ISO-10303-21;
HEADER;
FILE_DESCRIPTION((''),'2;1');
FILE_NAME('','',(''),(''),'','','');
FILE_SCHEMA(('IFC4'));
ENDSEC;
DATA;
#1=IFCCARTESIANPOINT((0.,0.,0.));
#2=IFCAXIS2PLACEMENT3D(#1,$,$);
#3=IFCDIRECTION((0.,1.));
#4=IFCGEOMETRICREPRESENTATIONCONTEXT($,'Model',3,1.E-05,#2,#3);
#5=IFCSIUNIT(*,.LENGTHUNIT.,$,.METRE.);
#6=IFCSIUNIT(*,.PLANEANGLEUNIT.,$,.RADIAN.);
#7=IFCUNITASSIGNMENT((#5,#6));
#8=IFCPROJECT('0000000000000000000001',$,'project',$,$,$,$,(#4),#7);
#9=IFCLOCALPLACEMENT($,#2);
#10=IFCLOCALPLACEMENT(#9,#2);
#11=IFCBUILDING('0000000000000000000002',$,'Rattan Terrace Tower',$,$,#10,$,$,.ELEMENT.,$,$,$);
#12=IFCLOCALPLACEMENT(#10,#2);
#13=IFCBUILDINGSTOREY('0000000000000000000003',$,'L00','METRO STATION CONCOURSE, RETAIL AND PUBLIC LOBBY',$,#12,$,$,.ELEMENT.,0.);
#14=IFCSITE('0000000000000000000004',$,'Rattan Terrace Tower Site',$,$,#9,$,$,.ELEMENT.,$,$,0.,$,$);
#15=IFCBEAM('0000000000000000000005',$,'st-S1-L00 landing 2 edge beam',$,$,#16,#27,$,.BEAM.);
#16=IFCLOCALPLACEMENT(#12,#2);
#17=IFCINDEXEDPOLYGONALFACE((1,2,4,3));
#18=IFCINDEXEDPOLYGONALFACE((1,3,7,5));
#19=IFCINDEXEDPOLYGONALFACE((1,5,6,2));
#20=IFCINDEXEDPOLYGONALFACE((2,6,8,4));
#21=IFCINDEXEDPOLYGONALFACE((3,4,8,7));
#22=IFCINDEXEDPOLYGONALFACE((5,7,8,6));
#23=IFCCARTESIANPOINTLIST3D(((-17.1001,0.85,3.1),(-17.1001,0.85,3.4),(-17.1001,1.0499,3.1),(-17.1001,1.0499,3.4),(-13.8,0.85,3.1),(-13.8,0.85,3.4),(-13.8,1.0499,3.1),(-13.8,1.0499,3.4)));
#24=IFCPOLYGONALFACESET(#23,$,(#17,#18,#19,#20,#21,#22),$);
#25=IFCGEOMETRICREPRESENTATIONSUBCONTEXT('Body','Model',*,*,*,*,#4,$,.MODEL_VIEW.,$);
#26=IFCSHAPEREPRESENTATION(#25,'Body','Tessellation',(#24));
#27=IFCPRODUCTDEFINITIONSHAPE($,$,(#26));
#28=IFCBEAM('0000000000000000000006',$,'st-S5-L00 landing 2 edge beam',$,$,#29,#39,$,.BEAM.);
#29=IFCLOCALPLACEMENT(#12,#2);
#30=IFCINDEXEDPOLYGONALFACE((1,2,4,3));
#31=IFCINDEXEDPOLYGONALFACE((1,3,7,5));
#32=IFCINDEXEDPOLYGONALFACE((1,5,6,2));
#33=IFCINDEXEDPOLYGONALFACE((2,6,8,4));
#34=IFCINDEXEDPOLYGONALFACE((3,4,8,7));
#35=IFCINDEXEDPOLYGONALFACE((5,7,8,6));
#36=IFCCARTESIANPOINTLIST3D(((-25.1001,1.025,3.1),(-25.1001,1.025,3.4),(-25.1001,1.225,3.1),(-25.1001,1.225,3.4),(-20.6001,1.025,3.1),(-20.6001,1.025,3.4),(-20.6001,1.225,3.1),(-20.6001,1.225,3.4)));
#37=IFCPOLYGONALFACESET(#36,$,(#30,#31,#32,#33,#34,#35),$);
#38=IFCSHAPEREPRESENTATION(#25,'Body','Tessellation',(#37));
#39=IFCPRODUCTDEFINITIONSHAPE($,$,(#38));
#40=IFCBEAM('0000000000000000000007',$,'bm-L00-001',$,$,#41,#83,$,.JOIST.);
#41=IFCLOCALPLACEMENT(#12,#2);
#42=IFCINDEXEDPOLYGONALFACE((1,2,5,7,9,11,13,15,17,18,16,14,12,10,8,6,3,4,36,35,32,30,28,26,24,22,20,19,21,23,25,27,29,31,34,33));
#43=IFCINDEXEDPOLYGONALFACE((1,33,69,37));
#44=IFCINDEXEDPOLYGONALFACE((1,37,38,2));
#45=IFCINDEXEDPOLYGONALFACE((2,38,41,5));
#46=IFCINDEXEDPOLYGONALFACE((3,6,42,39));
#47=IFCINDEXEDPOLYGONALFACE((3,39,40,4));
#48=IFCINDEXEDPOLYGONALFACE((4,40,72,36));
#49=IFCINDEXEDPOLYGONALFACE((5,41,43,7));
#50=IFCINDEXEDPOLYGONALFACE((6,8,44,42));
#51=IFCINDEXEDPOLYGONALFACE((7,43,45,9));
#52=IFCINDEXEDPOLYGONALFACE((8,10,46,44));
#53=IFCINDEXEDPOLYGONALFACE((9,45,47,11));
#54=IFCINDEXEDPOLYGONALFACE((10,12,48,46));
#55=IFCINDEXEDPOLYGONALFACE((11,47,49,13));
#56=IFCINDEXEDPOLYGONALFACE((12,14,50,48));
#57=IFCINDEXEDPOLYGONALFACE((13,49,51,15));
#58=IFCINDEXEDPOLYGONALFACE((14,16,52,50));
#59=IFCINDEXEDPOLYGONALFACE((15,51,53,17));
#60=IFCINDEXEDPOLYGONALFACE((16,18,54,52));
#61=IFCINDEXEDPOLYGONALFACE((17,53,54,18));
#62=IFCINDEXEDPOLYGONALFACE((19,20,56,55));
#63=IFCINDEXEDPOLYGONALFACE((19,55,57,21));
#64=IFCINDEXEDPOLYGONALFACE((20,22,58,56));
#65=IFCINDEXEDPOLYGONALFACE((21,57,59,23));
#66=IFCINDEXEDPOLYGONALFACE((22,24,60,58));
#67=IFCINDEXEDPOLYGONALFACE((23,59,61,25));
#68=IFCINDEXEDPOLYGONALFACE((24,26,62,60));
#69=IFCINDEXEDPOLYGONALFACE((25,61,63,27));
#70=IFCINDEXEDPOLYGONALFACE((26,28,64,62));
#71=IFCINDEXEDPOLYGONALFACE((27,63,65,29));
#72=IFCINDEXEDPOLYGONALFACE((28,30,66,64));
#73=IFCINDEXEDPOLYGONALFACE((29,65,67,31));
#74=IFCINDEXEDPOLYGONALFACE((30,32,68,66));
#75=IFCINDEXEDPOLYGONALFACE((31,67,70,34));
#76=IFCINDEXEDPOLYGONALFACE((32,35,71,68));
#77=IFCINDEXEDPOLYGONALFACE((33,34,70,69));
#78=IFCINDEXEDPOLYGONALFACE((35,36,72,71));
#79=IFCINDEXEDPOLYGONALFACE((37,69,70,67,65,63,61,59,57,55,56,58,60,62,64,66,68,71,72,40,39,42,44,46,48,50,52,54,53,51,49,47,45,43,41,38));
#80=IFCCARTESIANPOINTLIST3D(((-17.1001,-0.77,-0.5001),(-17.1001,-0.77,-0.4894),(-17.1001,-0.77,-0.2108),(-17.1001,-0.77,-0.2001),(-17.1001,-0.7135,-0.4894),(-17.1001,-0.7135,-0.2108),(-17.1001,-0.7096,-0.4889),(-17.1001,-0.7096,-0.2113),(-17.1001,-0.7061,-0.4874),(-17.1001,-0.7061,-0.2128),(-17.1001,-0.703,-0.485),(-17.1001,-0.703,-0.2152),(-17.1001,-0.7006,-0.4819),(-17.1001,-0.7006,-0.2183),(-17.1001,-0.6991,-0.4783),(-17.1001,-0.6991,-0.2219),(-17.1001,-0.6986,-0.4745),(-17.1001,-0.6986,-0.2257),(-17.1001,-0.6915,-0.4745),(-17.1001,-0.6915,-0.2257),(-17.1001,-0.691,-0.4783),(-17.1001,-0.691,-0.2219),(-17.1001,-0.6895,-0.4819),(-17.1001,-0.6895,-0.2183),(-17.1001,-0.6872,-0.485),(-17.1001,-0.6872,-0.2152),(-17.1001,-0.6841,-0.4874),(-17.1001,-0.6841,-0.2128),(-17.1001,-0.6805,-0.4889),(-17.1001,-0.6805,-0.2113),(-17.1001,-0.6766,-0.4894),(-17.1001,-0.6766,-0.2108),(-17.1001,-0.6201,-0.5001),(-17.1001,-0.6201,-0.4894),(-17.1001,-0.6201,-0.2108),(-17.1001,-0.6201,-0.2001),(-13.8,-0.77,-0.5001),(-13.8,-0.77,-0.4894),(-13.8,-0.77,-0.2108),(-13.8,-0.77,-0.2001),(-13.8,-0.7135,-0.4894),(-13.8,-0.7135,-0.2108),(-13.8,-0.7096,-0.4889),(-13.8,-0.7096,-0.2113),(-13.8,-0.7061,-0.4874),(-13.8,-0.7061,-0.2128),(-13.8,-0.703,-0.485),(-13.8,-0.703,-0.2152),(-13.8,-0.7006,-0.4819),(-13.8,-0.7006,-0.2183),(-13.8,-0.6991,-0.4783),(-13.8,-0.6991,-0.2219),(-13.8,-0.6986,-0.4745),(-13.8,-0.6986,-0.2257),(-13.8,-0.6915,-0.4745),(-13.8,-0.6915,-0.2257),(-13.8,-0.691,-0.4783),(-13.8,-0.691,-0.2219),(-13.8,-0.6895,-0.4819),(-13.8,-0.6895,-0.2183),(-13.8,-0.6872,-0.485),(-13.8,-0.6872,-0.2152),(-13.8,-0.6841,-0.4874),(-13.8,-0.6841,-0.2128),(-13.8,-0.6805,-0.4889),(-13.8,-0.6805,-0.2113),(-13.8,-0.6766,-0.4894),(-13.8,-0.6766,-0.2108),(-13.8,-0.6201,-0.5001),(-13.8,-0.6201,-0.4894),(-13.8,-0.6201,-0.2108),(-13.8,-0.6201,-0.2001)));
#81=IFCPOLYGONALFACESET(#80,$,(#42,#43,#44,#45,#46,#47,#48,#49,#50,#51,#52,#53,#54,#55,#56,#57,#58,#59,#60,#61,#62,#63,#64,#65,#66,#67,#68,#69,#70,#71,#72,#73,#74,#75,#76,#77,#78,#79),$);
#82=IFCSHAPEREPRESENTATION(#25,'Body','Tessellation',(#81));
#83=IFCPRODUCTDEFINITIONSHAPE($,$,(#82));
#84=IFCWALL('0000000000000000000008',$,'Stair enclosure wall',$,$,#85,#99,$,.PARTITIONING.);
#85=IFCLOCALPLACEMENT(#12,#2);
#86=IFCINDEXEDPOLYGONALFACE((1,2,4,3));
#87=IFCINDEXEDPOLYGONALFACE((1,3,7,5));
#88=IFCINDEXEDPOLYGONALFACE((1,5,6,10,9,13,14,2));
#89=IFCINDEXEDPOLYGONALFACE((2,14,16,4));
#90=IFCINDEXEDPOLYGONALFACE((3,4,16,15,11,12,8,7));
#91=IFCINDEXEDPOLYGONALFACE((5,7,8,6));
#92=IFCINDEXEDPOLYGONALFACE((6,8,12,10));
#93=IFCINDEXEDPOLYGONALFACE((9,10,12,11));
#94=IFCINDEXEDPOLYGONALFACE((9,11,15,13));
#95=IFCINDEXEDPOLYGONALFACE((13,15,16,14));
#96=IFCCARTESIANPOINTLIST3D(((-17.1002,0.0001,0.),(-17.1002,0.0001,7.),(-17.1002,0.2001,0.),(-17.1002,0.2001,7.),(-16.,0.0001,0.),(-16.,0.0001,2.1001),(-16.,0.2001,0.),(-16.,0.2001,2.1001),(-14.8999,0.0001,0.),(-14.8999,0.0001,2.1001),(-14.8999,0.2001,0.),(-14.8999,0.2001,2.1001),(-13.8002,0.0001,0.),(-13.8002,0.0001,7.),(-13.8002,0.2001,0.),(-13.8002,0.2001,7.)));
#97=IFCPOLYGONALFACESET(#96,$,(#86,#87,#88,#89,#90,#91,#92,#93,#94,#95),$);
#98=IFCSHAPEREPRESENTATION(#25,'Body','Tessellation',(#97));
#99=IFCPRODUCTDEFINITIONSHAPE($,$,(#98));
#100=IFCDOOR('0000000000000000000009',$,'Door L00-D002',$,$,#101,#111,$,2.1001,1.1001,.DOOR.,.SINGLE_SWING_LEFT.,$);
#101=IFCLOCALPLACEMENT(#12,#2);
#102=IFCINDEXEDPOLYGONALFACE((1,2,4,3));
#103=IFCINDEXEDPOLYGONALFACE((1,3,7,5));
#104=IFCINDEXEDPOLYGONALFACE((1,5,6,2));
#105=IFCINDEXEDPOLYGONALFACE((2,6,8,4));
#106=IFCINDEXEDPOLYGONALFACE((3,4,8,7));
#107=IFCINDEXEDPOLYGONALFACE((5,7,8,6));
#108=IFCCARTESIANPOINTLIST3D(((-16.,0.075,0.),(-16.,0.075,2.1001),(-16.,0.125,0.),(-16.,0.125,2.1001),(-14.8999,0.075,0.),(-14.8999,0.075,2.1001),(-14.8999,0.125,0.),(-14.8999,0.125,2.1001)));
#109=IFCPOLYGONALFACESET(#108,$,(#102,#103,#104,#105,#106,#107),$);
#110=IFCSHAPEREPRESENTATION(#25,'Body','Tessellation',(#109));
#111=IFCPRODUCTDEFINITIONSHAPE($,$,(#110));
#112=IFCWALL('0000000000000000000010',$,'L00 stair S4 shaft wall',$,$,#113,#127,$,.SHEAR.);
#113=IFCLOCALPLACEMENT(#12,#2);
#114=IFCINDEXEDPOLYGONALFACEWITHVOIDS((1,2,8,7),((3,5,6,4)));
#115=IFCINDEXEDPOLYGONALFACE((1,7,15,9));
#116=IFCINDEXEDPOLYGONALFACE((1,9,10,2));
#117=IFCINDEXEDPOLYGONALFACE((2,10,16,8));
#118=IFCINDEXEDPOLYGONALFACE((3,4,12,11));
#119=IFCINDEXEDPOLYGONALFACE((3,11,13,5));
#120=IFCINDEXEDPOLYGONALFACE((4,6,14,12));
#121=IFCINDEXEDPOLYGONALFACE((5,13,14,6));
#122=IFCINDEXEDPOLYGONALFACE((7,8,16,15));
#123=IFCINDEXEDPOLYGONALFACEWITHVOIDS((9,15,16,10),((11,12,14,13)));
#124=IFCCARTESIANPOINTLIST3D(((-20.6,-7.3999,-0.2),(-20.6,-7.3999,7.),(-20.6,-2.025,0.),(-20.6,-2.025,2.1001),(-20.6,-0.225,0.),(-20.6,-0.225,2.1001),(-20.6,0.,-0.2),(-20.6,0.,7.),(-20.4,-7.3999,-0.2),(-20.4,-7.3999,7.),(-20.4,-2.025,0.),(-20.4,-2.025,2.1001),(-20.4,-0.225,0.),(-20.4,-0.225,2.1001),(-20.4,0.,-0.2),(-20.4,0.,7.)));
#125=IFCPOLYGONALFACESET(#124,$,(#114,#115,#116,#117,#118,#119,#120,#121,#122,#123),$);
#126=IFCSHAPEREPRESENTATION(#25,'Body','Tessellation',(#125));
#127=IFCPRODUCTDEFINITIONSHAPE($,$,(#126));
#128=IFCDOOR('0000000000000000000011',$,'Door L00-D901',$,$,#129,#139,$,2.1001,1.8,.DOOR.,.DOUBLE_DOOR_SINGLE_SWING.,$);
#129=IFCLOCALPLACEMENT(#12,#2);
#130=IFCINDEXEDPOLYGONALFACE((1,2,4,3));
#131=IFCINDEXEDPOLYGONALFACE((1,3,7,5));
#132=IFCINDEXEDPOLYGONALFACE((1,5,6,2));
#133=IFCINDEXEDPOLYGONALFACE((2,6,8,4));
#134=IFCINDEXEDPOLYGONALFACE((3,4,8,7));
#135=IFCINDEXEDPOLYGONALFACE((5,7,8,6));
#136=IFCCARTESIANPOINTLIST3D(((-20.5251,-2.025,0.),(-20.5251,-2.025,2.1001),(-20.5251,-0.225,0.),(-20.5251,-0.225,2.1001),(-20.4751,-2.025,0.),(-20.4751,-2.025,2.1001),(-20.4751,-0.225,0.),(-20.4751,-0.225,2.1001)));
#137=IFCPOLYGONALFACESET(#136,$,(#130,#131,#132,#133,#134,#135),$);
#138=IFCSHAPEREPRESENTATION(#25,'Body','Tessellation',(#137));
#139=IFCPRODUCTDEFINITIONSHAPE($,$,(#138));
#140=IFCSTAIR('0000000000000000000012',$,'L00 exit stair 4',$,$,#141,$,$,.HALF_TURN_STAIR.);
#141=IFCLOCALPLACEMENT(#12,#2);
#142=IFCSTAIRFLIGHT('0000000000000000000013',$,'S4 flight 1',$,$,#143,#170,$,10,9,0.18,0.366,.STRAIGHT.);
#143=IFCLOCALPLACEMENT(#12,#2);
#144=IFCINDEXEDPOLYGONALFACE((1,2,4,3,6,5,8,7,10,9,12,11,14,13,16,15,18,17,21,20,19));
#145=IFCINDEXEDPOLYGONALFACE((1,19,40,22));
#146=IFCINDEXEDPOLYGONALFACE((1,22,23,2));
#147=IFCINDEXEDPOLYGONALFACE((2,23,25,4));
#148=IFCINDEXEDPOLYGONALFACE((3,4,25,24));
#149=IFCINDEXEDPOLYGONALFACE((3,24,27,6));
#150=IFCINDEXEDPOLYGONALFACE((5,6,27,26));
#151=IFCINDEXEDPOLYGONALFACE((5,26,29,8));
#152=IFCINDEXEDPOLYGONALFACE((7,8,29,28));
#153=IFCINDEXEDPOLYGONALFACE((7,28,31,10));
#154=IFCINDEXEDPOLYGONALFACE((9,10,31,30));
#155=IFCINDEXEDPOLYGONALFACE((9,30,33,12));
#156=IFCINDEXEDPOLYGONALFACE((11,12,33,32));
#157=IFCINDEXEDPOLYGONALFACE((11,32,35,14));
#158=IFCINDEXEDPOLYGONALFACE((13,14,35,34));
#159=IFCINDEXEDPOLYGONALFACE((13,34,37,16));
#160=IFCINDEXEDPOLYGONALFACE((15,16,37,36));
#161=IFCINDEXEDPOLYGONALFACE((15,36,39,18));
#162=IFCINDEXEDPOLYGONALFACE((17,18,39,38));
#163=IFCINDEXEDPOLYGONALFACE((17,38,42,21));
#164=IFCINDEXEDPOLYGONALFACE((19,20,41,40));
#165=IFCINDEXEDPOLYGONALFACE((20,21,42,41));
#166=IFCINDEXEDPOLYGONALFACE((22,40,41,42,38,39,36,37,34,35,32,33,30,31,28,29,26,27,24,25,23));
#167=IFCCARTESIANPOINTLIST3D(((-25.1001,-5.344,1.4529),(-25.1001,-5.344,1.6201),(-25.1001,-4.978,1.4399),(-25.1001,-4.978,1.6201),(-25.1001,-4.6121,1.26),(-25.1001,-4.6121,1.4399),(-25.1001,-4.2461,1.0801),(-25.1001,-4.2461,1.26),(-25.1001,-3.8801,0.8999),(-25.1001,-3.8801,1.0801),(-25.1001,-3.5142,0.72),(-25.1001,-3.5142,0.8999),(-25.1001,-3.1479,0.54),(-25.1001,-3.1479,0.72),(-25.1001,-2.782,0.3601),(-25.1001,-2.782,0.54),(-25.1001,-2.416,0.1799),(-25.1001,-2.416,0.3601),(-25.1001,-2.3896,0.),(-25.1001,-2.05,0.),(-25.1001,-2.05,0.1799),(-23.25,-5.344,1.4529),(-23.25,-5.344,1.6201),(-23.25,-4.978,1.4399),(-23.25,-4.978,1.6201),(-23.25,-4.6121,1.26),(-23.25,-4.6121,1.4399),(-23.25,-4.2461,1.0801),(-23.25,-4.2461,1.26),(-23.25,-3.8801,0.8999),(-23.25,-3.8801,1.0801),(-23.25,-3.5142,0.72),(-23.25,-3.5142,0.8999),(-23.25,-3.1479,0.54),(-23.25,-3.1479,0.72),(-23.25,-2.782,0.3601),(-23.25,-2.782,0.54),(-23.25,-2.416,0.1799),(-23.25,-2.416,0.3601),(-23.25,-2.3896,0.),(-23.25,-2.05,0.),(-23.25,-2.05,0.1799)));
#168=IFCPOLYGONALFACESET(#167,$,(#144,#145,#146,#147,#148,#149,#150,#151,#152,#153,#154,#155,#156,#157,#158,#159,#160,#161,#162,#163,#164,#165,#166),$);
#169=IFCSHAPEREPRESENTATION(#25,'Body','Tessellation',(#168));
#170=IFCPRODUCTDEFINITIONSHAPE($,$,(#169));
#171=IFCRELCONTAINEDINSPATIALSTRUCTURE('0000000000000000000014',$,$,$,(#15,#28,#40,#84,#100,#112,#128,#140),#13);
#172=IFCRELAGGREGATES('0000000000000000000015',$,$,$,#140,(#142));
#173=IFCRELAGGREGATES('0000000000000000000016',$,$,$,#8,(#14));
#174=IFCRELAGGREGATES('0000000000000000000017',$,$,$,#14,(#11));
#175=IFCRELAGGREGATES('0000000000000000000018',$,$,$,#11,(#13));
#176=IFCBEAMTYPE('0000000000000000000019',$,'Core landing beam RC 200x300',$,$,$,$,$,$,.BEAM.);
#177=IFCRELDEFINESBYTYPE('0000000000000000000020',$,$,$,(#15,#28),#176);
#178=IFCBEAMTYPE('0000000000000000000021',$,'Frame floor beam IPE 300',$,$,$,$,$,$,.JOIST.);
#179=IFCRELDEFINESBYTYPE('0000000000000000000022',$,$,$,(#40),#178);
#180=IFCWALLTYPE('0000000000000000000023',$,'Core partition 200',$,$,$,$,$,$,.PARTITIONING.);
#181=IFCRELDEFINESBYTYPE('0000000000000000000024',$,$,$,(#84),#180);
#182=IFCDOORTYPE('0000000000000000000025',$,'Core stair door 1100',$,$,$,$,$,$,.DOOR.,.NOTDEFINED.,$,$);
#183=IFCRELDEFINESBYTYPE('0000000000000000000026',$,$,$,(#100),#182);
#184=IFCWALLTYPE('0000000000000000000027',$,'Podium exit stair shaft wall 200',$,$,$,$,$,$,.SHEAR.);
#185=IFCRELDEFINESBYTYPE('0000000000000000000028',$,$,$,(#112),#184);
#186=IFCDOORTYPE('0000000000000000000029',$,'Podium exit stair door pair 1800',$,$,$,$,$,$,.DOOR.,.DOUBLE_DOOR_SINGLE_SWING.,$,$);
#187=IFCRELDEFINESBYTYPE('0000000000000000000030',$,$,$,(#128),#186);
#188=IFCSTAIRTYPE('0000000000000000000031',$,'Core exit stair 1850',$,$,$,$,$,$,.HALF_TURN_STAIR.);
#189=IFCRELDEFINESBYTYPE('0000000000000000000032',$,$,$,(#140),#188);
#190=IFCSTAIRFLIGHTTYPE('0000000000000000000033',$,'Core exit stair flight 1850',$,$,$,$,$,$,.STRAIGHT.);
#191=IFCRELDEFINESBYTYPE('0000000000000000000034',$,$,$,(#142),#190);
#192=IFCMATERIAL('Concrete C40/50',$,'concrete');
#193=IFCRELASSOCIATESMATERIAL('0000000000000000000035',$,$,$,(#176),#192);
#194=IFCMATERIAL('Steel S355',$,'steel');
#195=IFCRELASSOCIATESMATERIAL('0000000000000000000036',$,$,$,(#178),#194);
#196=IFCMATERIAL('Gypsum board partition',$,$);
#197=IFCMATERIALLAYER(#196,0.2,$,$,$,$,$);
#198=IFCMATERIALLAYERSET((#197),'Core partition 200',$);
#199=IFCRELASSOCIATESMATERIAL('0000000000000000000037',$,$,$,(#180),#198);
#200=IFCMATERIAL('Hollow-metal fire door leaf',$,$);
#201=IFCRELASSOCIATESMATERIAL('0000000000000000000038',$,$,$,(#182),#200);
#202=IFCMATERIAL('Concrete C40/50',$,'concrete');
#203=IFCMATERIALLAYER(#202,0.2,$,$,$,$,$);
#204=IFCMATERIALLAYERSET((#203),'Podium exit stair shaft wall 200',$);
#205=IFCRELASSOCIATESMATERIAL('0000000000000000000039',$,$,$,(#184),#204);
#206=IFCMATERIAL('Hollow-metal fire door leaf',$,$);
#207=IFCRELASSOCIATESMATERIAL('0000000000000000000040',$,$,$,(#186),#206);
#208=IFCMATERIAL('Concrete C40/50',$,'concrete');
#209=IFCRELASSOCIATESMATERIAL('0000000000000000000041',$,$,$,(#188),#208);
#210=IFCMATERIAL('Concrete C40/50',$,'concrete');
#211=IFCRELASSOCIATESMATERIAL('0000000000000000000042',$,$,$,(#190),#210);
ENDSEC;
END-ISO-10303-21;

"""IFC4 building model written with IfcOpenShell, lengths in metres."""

from ifc_helpers import new_model, si_unit, direction, frame, frame_2d, origin, origin_2d, place, context, subcontext, project, spatial, polyline, rectangle, i_section, outline, extrude, material, layer, layer_set, material_profile, profile_set, type_object, element, fill, aggregate, save


model = new_model("IFC4")

# Units and contexts
model_context = context("Model", 3, precision=1e-05, world=origin(), true_north=direction((0.0, 1.0)))
body_context = subcontext(model_context, "Body", "Model", "MODEL_VIEW")
ifc_project = project(units=[si_unit("LENGTHUNIT", "METRE"), si_unit("PLANEANGLEUNIT", "RADIAN")], contexts=[model_context])

# Site, building, storey
site_placement = place(None, origin())
site = spatial("IfcSite", under=ifc_project, at=site_placement, Name="Rattan Terrace Tower Site", CompositionType="ELEMENT", RefElevation=0.0)
building_placement = place(site_placement, origin())
building = spatial("IfcBuilding", under=site, at=building_placement, Name="Rattan Terrace Tower", CompositionType="ELEMENT")
storey_placement = place(building_placement, origin())
storey = spatial("IfcBuildingStorey", under=building, at=storey_placement, Name="L00", Description="METRO STATION CONCOURSE, RETAIL AND PUBLIC LOBBY", CompositionType="ELEMENT", Elevation=0.0)

# Beams
ifc_material_1 = material(Name="Concrete C40/50", Category="concrete")
ifc_material_profile_1 = material_profile(ifc_material_1, rectangle(XDim=0.2, YDim=0.3, at=origin_2d()), Name="RC 200x300")
ifc_profile_set_1 = profile_set([ifc_material_profile_1], Name="Concrete C40/50")
beam_type_1 = type_object("IfcBeamType", Name="Core landing beam RC 200x300", PredefinedType="BEAM", material=ifc_profile_set_1)
beam_1_placement = place(storey_placement, frame((-17.1001, 0.95, 3.25), z_axis=(1.0, 0.0, 0.0), x_axis=(0.0, 1.0, 0.0)))
element("IfcBeam", 1, at=beam_1_placement, inside=storey, type_object=beam_type_1, Name="st-S1-L00 landing 2 edge beam", PredefinedType="BEAM", context=body_context, shape_type="SweptSolid", body=[
    extrude(rectangle(XDim=0.2, YDim=0.3, at=origin_2d()), origin(), (0.0, 0.0, 1.0), 3.3),
])
beam_2_placement = place(storey_placement, frame((-25.1001, 1.125, 3.25), z_axis=(1.0, 0.0, 0.0), x_axis=(0.0, 1.0, 0.0)))
element("IfcBeam", 2, at=beam_2_placement, inside=storey, type_object=beam_type_1, Name="st-S5-L00 landing 2 edge beam", PredefinedType="BEAM", context=body_context, shape_type="SweptSolid", body=[
    extrude(rectangle(XDim=0.2, YDim=0.3, at=origin_2d()), origin(), (0.0, 0.0, 1.0), 4.5),
])
ifc_material_2 = material(Name="Steel S355", Category="steel")
ifc_material_profile_2 = material_profile(ifc_material_2, i_section(OverallWidth=0.1499, OverallDepth=0.3, WebThickness=0.0071, FlangeThickness=0.0107, FilletRadius=0.0149, at=origin_2d()), Name="IPE 300")
ifc_profile_set_2 = profile_set([ifc_material_profile_2], Name="Steel S355")
beam_type_2 = type_object("IfcBeamType", Name="Frame floor beam IPE 300", PredefinedType="JOIST", material=ifc_profile_set_2)
beam_3_placement = place(storey_placement, frame((-17.1001, -0.6951, -0.3501), z_axis=(1.0, 0.0, 0.0), x_axis=(0.0, 1.0, 0.0)))
element("IfcBeam", 3, at=beam_3_placement, inside=storey, type_object=beam_type_2, Name="bm-L00-001", PredefinedType="JOIST", context=body_context, shape_type="SweptSolid", body=[
    extrude(i_section(OverallWidth=0.1499, OverallDepth=0.3, WebThickness=0.0071, FlangeThickness=0.0107, FilletRadius=0.0149, at=origin_2d()), origin(), (0.0, 0.0, 1.0), 3.3),
])

# Walls, openings, doors
ifc_material_3 = material(Name="Gypsum board partition")
ifc_layer_1 = layer(ifc_material_3, 0.2)
ifc_layer_set_1 = layer_set([ifc_layer_1], Name="Core partition 200")
wall_type_1 = type_object("IfcWallType", Name="Core partition 200", PredefinedType="PARTITIONING", material=ifc_layer_set_1)
wall_1_placement = place(storey_placement, frame((-17.1001, 0.1001, 0.0), z_axis=(0.0, 0.0, 1.0), x_axis=(1.0, 0.0, 0.0)))
wall_1 = element("IfcWall", 4, at=wall_1_placement, inside=storey, type_object=wall_type_1, Name="Stair enclosure wall", PredefinedType="PARTITIONING", context=body_context, shape_type="SweptSolid", body=[
    extrude(rectangle(XDim=3.3, YDim=0.2, at=frame_2d((1.6499, 0.0))), origin(), (0.0, 0.0, 1.0), 7.0),
])
opening_1_placement = place(wall_1_placement, frame((1.1001, 0.0, 0.0)))
opening_1 = element("IfcOpeningElement", 5, at=opening_1_placement, cuts=wall_1, PredefinedType="OPENING", context=body_context, shape_type="SweptSolid", body=[
    extrude(rectangle(XDim=1.1001, YDim=2.1001, at=frame_2d((0.55, 1.05))), frame((0.0, 0.1106, 0.0), z_axis=(0.0, -1.0, 0.0), x_axis=(1.0, 0.0, 0.0)), (0.0, 0.0, 1.0), 0.2209),
])
ifc_material_4 = material(Name="Hollow-metal fire door leaf")
door_type_1 = type_object("IfcDoorType", Name="Core stair door 1100", OperationType="NOTDEFINED", PredefinedType="DOOR", material=ifc_material_4)
door_1_placement = place(opening_1_placement, origin())
door_1 = element("IfcDoor", 6, at=door_1_placement, inside=storey, type_object=door_type_1, Name="Door L00-D002", OperationType="SINGLE_SWING_LEFT", OverallHeight=2.1001, OverallWidth=1.1001, PredefinedType="DOOR", context=body_context, shape_type="SweptSolid", body=[
    extrude(rectangle(XDim=1.1001, YDim=2.1001, at=frame_2d((0.55, 1.05))), frame((0.0, 0.0249, 0.0), z_axis=(0.0, -1.0, 0.0), x_axis=(1.0, 0.0, 0.0)), (0.0, 0.0, 1.0), 0.05),
])
fill(opening_1, door_1)
ifc_material_5 = material(Name="Concrete C40/50", Category="concrete")
ifc_layer_2 = layer(ifc_material_5, 0.2)
ifc_layer_set_2 = layer_set([ifc_layer_2], Name="Podium exit stair shaft wall 200")
wall_type_2 = type_object("IfcWallType", Name="Podium exit stair shaft wall 200", PredefinedType="SHEAR", material=ifc_layer_set_2)
wall_2_placement = place(storey_placement, frame((-20.5, 0.0, -0.2), z_axis=(0.0, 0.0, 1.0), x_axis=(0.0, -1.0, 0.0)))
wall_2 = element("IfcWall", 7, at=wall_2_placement, inside=storey, type_object=wall_type_2, Name="L00 stair S4 shaft wall", PredefinedType="SHEAR", context=body_context, shape_type="SweptSolid", body=[
    extrude(rectangle(XDim=7.3999, YDim=0.2, at=frame_2d((3.7, 0.0))), origin(), (0.0, 0.0, 1.0), 7.2),
])
opening_2_placement = place(wall_2_placement, frame((0.2251, 0.0, 0.2)))
opening_2 = element("IfcOpeningElement", 8, at=opening_2_placement, cuts=wall_2, PredefinedType="OPENING", context=body_context, shape_type="SweptSolid", body=[
    extrude(rectangle(XDim=1.8, YDim=2.1001, at=frame_2d((0.8999, 1.05))), frame((0.0, 0.1106, 0.0), z_axis=(0.0, -1.0, 0.0), x_axis=(1.0, 0.0, 0.0)), (0.0, 0.0, 1.0), 0.2209),
])
ifc_material_6 = material(Name="Hollow-metal fire door leaf")
door_type_2 = type_object("IfcDoorType", Name="Podium exit stair door pair 1800", OperationType="DOUBLE_DOOR_SINGLE_SWING", PredefinedType="DOOR", material=ifc_material_6)
door_2_placement = place(opening_2_placement, origin())
door_2 = element("IfcDoor", 9, at=door_2_placement, inside=storey, type_object=door_type_2, Name="Door L00-D901", OperationType="DOUBLE_DOOR_SINGLE_SWING", OverallHeight=2.1001, OverallWidth=1.8, PredefinedType="DOOR", context=body_context, shape_type="SweptSolid", body=[
    extrude(rectangle(XDim=1.8, YDim=2.1001, at=frame_2d((0.8999, 1.05))), frame((0.0, 0.0249, 0.0), z_axis=(0.0, -1.0, 0.0), x_axis=(1.0, 0.0, 0.0)), (0.0, 0.0, 1.0), 0.05),
])
fill(opening_2, door_2)

# Stair, stair flight
ifc_material_7 = material(Name="Concrete C40/50", Category="concrete")
stair_type = type_object("IfcStairType", Name="Core exit stair 1850", PredefinedType="HALF_TURN_STAIR", material=ifc_material_7)
stair_1_placement = place(storey_placement, origin())
stair_1 = element("IfcStair", 10, at=stair_1_placement, inside=storey, type_object=stair_type, Name="L00 exit stair 4", PredefinedType="HALF_TURN_STAIR")
ifc_material_8 = material(Name="Concrete C40/50", Category="concrete")
stair_flight_type = type_object("IfcStairFlightType", Name="Core exit stair flight 1850", PredefinedType="STRAIGHT", material=ifc_material_8)
stair_flight_1_placement = place(storey_placement, frame((-24.175, -2.05, 0.0), z_axis=(0.0, 0.0, 1.0), x_axis=(0.0, -1.0, 0.0)))
stair_flight_1 = element("IfcStairFlight", 11, at=stair_flight_1_placement, type_object=stair_flight_type, Name="S4 flight 1", NumberOfRisers=10, NumberOfTreads=9, PredefinedType="STRAIGHT", RiserHeight=0.18, TreadLength=0.366, context=body_context, shape_type="SweptSolid", body=[
    extrude(outline(polyline([(0.0, 0.0), (0.0, 0.1799), (0.366, 0.1799), (0.366, 0.3601), (0.7319, 0.3601), (0.7319, 0.54), (1.0979, 0.54), (1.0979, 0.72), (1.4641, 0.72), (1.4641, 0.8999), (1.8301, 0.8999), (1.8301, 1.0801), (2.196, 1.0801), (2.196, 1.26), (2.562, 1.26), (2.562, 1.4399), (2.928, 1.4399), (2.928, 1.6201), (3.2939, 1.6201), (3.2939, 1.8), (3.2939, 1.4529), (0.3396, 0.0), (0.0, 0.0)])), frame((0.0, 0.925, 0.0), z_axis=(0.0, -1.0, 0.0), x_axis=(1.0, 0.0, 0.0)), (0.0, 0.0, 1.0), 1.8501),
])
aggregate(stair_1, [stair_flight_1])

save(model, "model.ifc")
